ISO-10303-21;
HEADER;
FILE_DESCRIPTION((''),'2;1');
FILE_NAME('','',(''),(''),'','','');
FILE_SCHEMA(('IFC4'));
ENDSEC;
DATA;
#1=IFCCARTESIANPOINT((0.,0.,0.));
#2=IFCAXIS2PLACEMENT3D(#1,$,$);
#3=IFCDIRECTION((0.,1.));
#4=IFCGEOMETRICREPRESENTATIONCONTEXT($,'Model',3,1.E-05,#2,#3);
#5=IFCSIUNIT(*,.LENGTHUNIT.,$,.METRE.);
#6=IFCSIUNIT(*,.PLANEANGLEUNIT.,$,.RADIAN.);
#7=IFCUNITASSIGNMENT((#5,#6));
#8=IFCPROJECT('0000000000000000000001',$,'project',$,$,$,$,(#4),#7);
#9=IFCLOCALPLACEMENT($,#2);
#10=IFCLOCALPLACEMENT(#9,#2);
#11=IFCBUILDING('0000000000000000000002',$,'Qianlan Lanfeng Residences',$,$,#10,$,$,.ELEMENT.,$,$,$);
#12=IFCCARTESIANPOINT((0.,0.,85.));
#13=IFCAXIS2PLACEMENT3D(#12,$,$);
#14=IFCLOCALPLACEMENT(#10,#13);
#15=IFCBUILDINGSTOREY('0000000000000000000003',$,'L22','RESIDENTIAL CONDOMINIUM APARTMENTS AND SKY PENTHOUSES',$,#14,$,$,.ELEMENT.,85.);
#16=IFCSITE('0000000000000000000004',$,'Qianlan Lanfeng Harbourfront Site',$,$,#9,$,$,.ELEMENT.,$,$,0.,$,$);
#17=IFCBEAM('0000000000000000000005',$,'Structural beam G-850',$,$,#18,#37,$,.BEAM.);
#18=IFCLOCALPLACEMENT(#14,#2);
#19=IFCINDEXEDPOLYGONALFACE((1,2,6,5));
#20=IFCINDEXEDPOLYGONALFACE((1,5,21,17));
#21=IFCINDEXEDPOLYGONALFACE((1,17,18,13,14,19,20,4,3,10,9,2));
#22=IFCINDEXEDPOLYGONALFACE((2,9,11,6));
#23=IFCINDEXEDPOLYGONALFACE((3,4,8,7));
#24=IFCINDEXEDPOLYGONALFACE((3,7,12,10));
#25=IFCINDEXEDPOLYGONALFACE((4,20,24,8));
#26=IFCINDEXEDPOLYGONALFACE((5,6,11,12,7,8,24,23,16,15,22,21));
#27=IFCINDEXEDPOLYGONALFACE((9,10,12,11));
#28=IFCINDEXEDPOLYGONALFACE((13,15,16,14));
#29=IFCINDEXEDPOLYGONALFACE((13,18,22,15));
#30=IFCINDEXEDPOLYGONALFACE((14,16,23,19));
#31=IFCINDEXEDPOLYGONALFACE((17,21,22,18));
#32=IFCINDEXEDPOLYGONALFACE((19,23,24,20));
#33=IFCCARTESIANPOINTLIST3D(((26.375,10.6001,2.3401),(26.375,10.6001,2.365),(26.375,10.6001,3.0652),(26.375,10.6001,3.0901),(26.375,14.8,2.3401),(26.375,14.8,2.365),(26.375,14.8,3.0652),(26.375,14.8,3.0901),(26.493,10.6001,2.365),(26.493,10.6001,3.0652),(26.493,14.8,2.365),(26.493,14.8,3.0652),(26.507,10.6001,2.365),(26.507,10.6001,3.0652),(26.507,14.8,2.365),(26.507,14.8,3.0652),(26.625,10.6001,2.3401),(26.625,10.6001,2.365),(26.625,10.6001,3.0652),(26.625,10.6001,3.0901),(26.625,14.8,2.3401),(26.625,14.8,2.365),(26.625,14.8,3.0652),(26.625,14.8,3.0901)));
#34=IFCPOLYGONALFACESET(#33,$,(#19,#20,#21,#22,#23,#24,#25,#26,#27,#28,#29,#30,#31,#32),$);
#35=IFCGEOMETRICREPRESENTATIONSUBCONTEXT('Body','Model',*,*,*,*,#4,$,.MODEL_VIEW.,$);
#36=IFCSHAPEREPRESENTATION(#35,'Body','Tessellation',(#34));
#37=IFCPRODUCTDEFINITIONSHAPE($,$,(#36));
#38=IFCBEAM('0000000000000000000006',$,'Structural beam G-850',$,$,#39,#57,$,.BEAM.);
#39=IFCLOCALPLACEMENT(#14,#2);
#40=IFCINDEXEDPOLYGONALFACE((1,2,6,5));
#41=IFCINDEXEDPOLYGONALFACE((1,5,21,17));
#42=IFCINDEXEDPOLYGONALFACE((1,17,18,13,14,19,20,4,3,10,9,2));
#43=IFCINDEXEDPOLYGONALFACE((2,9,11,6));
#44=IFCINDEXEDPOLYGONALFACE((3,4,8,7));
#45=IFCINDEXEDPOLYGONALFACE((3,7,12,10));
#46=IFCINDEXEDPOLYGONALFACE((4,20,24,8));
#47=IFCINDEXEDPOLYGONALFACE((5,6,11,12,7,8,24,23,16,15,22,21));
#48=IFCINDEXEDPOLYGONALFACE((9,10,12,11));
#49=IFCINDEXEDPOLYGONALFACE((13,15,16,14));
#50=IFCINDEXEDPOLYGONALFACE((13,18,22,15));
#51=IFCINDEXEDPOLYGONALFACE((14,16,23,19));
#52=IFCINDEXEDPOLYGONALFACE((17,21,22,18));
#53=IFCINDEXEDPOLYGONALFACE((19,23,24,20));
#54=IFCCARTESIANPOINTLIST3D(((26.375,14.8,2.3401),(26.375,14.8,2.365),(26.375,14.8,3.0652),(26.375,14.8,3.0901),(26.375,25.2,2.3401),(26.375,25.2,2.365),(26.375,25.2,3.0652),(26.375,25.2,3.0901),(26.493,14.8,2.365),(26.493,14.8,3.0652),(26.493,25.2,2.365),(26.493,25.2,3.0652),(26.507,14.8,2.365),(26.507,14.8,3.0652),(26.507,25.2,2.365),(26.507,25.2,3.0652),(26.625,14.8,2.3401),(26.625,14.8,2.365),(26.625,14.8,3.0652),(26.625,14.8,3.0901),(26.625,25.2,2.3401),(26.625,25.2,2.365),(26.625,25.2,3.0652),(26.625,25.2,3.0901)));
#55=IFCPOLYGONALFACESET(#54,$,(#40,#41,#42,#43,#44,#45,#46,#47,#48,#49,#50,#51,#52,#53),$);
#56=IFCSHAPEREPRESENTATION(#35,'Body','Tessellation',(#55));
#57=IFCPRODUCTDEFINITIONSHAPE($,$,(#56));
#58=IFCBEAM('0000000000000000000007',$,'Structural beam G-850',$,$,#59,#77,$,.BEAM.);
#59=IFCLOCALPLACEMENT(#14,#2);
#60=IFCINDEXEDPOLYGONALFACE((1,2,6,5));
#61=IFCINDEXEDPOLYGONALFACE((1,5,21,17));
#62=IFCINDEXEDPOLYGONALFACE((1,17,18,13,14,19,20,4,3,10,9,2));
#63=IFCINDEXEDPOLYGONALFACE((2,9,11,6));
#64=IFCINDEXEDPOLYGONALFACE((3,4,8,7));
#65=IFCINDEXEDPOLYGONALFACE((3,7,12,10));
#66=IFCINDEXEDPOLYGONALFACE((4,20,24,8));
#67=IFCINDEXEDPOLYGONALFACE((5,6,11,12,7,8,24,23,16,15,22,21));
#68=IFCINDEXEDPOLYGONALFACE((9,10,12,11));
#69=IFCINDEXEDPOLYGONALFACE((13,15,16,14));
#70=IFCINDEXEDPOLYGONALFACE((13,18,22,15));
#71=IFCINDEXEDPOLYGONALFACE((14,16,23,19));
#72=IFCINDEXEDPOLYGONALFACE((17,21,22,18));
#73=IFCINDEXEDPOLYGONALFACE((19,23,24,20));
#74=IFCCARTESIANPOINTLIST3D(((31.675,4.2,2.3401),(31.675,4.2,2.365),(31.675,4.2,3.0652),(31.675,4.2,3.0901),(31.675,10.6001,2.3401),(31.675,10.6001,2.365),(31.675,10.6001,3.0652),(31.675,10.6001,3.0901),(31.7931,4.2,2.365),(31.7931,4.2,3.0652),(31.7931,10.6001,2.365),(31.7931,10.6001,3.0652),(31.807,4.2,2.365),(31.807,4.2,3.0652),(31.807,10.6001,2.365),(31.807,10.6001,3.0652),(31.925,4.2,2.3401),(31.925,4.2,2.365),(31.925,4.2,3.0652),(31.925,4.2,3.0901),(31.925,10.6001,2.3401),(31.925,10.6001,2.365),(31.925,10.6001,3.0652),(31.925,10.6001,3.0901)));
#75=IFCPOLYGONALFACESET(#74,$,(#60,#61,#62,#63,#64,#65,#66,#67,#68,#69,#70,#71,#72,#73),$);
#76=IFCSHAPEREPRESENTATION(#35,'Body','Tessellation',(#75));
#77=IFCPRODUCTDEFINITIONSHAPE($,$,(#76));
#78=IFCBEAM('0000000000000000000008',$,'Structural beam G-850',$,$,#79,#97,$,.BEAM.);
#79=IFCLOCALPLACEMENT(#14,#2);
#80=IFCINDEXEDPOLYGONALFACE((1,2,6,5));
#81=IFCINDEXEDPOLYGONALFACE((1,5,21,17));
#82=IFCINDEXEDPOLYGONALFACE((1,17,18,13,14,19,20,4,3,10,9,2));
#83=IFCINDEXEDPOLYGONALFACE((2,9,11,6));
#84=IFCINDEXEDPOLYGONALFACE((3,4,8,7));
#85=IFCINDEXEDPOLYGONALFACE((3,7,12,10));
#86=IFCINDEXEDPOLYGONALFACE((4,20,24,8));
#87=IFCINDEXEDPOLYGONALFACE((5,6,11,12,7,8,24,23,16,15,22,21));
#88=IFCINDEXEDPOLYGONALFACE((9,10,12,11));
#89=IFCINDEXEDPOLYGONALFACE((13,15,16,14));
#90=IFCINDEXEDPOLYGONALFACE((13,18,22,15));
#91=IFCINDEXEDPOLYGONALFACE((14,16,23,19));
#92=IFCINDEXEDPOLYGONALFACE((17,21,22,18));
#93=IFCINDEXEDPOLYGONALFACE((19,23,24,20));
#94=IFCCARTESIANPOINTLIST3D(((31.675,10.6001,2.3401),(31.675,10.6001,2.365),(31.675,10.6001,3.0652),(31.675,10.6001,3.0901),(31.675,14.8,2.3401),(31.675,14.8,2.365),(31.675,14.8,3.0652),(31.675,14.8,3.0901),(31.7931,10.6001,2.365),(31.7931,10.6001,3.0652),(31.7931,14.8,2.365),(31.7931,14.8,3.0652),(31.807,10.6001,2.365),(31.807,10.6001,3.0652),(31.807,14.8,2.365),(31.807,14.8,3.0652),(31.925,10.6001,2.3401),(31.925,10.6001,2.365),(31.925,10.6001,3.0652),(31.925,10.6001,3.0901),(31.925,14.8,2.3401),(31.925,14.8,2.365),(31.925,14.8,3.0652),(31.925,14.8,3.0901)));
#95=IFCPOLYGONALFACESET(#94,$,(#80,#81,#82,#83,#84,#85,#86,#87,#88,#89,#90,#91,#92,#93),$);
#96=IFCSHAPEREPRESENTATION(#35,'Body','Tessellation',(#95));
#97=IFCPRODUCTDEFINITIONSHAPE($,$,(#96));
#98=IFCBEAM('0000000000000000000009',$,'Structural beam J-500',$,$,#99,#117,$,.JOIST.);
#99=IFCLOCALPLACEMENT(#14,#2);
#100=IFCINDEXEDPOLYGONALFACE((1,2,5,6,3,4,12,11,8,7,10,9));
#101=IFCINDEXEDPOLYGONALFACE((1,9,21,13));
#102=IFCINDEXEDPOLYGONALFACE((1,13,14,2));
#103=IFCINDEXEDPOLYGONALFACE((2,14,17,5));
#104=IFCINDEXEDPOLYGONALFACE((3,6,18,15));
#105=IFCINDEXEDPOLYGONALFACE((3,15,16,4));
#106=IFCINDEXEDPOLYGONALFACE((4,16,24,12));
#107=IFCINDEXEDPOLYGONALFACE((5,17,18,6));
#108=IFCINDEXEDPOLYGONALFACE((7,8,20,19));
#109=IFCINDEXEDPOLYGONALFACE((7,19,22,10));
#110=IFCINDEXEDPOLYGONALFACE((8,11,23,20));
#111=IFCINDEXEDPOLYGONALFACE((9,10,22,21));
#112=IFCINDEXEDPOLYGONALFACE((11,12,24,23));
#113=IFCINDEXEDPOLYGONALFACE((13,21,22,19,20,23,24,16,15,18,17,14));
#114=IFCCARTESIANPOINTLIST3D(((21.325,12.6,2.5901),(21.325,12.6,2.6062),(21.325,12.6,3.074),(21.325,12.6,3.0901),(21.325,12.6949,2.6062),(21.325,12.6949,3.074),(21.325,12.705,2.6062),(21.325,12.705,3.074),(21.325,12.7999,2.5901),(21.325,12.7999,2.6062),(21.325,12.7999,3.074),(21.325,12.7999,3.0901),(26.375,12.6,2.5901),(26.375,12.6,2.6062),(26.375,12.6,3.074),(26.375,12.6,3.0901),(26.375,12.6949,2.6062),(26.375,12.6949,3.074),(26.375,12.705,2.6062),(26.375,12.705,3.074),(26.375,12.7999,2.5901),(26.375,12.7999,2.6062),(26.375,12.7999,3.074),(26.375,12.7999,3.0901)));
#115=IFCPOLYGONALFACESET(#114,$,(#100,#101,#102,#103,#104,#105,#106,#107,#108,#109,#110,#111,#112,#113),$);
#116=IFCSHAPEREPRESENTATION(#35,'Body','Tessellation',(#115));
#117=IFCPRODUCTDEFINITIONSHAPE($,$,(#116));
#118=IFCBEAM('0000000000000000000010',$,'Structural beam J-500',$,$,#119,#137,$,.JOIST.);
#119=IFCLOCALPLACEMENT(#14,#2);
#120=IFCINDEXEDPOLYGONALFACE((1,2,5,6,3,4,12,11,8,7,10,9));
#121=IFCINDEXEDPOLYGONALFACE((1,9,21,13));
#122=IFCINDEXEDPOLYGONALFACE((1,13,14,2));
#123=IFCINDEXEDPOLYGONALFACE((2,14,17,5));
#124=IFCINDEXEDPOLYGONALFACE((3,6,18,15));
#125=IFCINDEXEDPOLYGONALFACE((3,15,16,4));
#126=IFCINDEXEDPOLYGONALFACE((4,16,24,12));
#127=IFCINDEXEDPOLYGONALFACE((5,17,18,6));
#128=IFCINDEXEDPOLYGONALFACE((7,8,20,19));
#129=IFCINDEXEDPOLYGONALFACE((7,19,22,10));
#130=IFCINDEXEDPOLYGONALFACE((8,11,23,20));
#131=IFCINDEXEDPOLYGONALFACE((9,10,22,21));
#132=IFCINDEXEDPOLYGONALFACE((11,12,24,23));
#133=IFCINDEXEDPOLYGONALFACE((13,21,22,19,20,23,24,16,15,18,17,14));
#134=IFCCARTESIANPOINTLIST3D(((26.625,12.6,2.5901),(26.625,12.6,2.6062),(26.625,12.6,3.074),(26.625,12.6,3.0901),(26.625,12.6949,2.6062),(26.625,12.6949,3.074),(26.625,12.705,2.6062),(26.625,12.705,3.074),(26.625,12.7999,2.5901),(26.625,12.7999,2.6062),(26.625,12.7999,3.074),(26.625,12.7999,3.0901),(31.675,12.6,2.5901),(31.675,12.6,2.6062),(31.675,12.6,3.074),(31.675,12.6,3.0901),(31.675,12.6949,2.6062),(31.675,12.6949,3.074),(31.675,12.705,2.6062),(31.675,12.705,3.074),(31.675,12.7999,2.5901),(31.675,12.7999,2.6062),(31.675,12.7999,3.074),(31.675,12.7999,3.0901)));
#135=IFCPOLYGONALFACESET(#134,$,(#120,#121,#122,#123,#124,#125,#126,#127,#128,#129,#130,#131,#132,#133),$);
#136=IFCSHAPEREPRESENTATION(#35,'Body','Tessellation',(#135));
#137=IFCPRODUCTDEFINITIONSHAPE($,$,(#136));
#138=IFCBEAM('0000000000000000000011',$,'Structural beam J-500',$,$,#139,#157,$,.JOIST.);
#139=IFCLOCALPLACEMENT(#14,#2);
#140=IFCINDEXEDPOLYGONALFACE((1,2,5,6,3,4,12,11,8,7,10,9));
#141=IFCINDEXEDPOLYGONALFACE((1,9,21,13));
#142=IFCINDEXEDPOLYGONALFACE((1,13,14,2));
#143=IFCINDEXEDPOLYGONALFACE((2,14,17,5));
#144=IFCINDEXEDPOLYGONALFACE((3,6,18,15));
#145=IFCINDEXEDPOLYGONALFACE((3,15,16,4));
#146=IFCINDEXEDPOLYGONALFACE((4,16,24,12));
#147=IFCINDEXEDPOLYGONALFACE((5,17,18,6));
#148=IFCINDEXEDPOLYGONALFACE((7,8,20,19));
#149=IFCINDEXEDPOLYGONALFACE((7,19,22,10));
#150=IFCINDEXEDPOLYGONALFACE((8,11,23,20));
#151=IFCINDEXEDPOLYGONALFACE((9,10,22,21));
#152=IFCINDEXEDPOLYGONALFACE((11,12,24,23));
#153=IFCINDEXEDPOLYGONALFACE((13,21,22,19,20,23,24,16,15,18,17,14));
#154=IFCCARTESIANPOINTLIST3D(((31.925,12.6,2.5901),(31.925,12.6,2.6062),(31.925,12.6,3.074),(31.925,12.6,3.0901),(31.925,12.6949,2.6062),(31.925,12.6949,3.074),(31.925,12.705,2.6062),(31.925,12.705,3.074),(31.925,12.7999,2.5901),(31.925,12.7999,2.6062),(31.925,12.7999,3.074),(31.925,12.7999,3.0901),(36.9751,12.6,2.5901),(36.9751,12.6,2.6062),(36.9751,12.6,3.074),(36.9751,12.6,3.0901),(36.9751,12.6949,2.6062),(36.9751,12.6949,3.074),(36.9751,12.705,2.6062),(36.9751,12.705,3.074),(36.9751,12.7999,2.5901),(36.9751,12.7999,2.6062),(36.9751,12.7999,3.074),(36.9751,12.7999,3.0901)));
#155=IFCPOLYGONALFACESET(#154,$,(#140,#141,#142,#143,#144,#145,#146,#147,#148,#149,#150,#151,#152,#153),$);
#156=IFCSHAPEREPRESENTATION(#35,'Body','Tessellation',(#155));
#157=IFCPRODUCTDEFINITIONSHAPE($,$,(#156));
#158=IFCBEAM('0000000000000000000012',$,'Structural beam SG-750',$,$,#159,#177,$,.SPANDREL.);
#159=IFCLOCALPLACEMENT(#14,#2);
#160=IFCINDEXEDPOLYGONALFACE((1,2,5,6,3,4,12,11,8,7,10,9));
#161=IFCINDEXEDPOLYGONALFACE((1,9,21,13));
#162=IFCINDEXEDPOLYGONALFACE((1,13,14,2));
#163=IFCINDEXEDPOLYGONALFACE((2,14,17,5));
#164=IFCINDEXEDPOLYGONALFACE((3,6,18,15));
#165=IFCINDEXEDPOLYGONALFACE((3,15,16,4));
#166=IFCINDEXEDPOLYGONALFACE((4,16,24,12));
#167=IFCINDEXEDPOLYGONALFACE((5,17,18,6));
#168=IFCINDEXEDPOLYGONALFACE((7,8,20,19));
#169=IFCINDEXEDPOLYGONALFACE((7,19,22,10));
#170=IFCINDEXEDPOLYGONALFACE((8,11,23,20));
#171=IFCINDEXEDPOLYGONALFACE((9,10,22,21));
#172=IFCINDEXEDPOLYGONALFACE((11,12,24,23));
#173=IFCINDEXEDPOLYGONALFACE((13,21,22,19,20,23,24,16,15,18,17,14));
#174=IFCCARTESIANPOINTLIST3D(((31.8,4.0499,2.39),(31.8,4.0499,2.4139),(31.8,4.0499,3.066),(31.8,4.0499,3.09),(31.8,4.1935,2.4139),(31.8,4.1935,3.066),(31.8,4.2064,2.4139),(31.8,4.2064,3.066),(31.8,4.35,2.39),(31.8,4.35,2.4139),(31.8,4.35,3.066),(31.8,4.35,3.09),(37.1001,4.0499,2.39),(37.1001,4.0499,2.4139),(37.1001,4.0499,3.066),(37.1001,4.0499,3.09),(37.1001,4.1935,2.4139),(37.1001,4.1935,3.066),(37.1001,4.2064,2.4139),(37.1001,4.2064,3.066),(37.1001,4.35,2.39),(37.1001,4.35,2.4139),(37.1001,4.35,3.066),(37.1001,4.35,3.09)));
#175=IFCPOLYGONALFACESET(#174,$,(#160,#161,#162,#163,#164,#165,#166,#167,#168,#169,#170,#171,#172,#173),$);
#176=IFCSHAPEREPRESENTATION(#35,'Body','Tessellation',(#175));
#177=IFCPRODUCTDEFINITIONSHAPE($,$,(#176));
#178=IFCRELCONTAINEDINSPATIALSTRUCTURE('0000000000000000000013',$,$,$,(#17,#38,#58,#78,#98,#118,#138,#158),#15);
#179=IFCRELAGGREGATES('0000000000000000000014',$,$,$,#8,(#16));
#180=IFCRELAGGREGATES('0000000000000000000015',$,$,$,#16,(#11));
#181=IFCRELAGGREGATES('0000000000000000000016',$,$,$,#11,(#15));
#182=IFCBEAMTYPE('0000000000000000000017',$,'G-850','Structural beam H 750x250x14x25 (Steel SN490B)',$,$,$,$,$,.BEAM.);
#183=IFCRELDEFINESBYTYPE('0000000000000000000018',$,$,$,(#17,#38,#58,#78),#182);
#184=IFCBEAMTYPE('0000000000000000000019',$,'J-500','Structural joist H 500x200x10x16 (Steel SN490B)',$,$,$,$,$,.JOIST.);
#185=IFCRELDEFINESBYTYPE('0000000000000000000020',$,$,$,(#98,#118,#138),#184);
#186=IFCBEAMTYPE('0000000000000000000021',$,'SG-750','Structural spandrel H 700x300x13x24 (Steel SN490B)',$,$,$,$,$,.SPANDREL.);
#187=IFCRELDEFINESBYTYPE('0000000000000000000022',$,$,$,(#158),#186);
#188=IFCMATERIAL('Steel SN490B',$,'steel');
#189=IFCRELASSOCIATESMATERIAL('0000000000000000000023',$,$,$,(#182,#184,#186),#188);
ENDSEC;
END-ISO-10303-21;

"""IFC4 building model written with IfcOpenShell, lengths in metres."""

from ifc_helpers import new_model, si_unit, direction, frame, origin, origin_2d, place, context, subcontext, project, spatial, i_section, extrude, material, material_profile, profile_set, type_object, element, save


model = new_model("IFC4")

# Units and contexts
model_context = context("Model", 3, precision=1e-05, world=origin(), true_north=direction((0.0, 1.0)))
body_context = subcontext(model_context, "Body", "Model", "MODEL_VIEW")
ifc_project = project(units=[si_unit("LENGTHUNIT", "METRE"), si_unit("PLANEANGLEUNIT", "RADIAN")], contexts=[model_context])

# Site, building, storey
site_placement = place(None, origin())
site = spatial("IfcSite", under=ifc_project, at=site_placement, Name="Qianlan Lanfeng Harbourfront Site", CompositionType="ELEMENT", RefElevation=0.0)
building_placement = place(site_placement, origin())
building = spatial("IfcBuilding", under=site, at=building_placement, Name="Qianlan Lanfeng Residences", CompositionType="ELEMENT")
storey_placement = place(building_placement, frame((0.0, 0.0, 85.0)))
storey = spatial("IfcBuildingStorey", under=building, at=storey_placement, Name="L22", Description="RESIDENTIAL CONDOMINIUM APARTMENTS AND SKY PENTHOUSES", CompositionType="ELEMENT", Elevation=85.0)

# Shared definitions
ifc_material_1 = material(Name="Steel SN490B", Category="steel")

# Beams
ifc_material_profile_1 = material_profile(ifc_material_1, i_section(OverallWidth=0.25, OverallDepth=0.75, WebThickness=0.0139, FlangeThickness=0.0249, at=origin_2d()), Name="H 750x250x14x25")
ifc_profile_set_1 = profile_set([ifc_material_profile_1], Name="Steel SN490B")
beam_type_1 = type_object("IfcBeamType", Name="G-850", Description="Structural beam H 750x250x14x25 (Steel SN490B)", PredefinedType="BEAM", material=ifc_profile_set_1)
beam_1_placement = place(storey_placement, frame((26.5, 10.6001, 2.7151), z_axis=(0.0, 1.0, 0.0), x_axis=(-1.0, 0.0, 0.0)))
element("IfcBeam", 1, at=beam_1_placement, inside=storey, type_object=beam_type_1, Name="Structural beam G-850", PredefinedType="BEAM", context=body_context, shape_type="SweptSolid", body=[
    extrude(i_section(OverallWidth=0.25, OverallDepth=0.75, WebThickness=0.0139, FlangeThickness=0.0249, at=origin_2d()), origin(), (0.0, 0.0, 1.0), 4.2),
])
beam_2_placement = place(storey_placement, frame((26.5, 14.8, 2.7151), z_axis=(0.0, 1.0, 0.0), x_axis=(-1.0, 0.0, 0.0)))
element("IfcBeam", 2, at=beam_2_placement, inside=storey, type_object=beam_type_1, Name="Structural beam G-850", PredefinedType="BEAM", context=body_context, shape_type="SweptSolid", body=[
    extrude(i_section(OverallWidth=0.25, OverallDepth=0.75, WebThickness=0.0139, FlangeThickness=0.0249, at=origin_2d()), origin(), (0.0, 0.0, 1.0), 10.3999),
])
beam_3_placement = place(storey_placement, frame((31.8, 4.2, 2.7151), z_axis=(0.0, 1.0, 0.0), x_axis=(-1.0, 0.0, 0.0)))
element("IfcBeam", 3, at=beam_3_placement, inside=storey, type_object=beam_type_1, Name="Structural beam G-850", PredefinedType="BEAM", context=body_context, shape_type="SweptSolid", body=[
    extrude(i_section(OverallWidth=0.25, OverallDepth=0.75, WebThickness=0.0139, FlangeThickness=0.0249, at=origin_2d()), origin(), (0.0, 0.0, 1.0), 6.4001),
])
beam_4_placement = place(storey_placement, frame((31.8, 10.6001, 2.7151), z_axis=(0.0, 1.0, 0.0), x_axis=(-1.0, 0.0, 0.0)))
element("IfcBeam", 4, at=beam_4_placement, inside=storey, type_object=beam_type_1, Name="Structural beam G-850", PredefinedType="BEAM", context=body_context, shape_type="SweptSolid", body=[
    extrude(i_section(OverallWidth=0.25, OverallDepth=0.75, WebThickness=0.0139, FlangeThickness=0.0249, at=origin_2d()), origin(), (0.0, 0.0, 1.0), 4.2),
])
ifc_material_profile_2 = material_profile(ifc_material_1, i_section(OverallWidth=0.2, OverallDepth=0.5, WebThickness=0.01, FlangeThickness=0.0161, at=origin_2d()), Name="H 500x200x10x16")
ifc_profile_set_2 = profile_set([ifc_material_profile_2], Name="Steel SN490B")
beam_type_2 = type_object("IfcBeamType", Name="J-500", Description="Structural joist H 500x200x10x16 (Steel SN490B)", PredefinedType="JOIST", material=ifc_profile_set_2)
for number, where, z_axis, x_axis, name in (
    (5, (21.325, 12.7, 2.8401), (1.0, 0.0, 0.0), (0.0, 1.0, 0.0), "Structural beam J-500"),
    (6, (26.625, 12.7, 2.8401), (1.0, 0.0, 0.0), (0.0, 1.0, 0.0), "Structural beam J-500"),
    (7, (31.925, 12.7, 2.8401), (1.0, 0.0, 0.0), (0.0, 1.0, 0.0), "Structural beam J-500"),
):
    element("IfcBeam", number, at=place(storey_placement, frame(where, z_axis=z_axis, x_axis=x_axis)), inside=storey, type_object=beam_type_2, Name=name, PredefinedType="JOIST", context=body_context, shape_type="SweptSolid", body=[
        extrude(i_section(OverallWidth=0.2, OverallDepth=0.5, WebThickness=0.01, FlangeThickness=0.0161, at=origin_2d()), origin(), (0.0, 0.0, 1.0), 5.05),
    ])
ifc_material_profile_3 = material_profile(ifc_material_1, i_section(OverallWidth=0.3, OverallDepth=0.7, WebThickness=0.0129, FlangeThickness=0.0239, at=origin_2d()), Name="H 700x300x13x24")
ifc_profile_set_3 = profile_set([ifc_material_profile_3], Name="Steel SN490B")
beam_type_3 = type_object("IfcBeamType", Name="SG-750", Description="Structural spandrel H 700x300x13x24 (Steel SN490B)", PredefinedType="SPANDREL", material=ifc_profile_set_3)
beam_5_placement = place(storey_placement, frame((31.8, 4.2, 2.74), z_axis=(1.0, 0.0, 0.0), x_axis=(0.0, 1.0, 0.0)))
element("IfcBeam", 8, at=beam_5_placement, inside=storey, type_object=beam_type_3, Name="Structural beam SG-750", PredefinedType="SPANDREL", context=body_context, shape_type="SweptSolid", body=[
    extrude(i_section(OverallWidth=0.3, OverallDepth=0.7, WebThickness=0.0129, FlangeThickness=0.0239, at=origin_2d()), origin(), (0.0, 0.0, 1.0), 5.3),
])

save(model, "model.ifc")
